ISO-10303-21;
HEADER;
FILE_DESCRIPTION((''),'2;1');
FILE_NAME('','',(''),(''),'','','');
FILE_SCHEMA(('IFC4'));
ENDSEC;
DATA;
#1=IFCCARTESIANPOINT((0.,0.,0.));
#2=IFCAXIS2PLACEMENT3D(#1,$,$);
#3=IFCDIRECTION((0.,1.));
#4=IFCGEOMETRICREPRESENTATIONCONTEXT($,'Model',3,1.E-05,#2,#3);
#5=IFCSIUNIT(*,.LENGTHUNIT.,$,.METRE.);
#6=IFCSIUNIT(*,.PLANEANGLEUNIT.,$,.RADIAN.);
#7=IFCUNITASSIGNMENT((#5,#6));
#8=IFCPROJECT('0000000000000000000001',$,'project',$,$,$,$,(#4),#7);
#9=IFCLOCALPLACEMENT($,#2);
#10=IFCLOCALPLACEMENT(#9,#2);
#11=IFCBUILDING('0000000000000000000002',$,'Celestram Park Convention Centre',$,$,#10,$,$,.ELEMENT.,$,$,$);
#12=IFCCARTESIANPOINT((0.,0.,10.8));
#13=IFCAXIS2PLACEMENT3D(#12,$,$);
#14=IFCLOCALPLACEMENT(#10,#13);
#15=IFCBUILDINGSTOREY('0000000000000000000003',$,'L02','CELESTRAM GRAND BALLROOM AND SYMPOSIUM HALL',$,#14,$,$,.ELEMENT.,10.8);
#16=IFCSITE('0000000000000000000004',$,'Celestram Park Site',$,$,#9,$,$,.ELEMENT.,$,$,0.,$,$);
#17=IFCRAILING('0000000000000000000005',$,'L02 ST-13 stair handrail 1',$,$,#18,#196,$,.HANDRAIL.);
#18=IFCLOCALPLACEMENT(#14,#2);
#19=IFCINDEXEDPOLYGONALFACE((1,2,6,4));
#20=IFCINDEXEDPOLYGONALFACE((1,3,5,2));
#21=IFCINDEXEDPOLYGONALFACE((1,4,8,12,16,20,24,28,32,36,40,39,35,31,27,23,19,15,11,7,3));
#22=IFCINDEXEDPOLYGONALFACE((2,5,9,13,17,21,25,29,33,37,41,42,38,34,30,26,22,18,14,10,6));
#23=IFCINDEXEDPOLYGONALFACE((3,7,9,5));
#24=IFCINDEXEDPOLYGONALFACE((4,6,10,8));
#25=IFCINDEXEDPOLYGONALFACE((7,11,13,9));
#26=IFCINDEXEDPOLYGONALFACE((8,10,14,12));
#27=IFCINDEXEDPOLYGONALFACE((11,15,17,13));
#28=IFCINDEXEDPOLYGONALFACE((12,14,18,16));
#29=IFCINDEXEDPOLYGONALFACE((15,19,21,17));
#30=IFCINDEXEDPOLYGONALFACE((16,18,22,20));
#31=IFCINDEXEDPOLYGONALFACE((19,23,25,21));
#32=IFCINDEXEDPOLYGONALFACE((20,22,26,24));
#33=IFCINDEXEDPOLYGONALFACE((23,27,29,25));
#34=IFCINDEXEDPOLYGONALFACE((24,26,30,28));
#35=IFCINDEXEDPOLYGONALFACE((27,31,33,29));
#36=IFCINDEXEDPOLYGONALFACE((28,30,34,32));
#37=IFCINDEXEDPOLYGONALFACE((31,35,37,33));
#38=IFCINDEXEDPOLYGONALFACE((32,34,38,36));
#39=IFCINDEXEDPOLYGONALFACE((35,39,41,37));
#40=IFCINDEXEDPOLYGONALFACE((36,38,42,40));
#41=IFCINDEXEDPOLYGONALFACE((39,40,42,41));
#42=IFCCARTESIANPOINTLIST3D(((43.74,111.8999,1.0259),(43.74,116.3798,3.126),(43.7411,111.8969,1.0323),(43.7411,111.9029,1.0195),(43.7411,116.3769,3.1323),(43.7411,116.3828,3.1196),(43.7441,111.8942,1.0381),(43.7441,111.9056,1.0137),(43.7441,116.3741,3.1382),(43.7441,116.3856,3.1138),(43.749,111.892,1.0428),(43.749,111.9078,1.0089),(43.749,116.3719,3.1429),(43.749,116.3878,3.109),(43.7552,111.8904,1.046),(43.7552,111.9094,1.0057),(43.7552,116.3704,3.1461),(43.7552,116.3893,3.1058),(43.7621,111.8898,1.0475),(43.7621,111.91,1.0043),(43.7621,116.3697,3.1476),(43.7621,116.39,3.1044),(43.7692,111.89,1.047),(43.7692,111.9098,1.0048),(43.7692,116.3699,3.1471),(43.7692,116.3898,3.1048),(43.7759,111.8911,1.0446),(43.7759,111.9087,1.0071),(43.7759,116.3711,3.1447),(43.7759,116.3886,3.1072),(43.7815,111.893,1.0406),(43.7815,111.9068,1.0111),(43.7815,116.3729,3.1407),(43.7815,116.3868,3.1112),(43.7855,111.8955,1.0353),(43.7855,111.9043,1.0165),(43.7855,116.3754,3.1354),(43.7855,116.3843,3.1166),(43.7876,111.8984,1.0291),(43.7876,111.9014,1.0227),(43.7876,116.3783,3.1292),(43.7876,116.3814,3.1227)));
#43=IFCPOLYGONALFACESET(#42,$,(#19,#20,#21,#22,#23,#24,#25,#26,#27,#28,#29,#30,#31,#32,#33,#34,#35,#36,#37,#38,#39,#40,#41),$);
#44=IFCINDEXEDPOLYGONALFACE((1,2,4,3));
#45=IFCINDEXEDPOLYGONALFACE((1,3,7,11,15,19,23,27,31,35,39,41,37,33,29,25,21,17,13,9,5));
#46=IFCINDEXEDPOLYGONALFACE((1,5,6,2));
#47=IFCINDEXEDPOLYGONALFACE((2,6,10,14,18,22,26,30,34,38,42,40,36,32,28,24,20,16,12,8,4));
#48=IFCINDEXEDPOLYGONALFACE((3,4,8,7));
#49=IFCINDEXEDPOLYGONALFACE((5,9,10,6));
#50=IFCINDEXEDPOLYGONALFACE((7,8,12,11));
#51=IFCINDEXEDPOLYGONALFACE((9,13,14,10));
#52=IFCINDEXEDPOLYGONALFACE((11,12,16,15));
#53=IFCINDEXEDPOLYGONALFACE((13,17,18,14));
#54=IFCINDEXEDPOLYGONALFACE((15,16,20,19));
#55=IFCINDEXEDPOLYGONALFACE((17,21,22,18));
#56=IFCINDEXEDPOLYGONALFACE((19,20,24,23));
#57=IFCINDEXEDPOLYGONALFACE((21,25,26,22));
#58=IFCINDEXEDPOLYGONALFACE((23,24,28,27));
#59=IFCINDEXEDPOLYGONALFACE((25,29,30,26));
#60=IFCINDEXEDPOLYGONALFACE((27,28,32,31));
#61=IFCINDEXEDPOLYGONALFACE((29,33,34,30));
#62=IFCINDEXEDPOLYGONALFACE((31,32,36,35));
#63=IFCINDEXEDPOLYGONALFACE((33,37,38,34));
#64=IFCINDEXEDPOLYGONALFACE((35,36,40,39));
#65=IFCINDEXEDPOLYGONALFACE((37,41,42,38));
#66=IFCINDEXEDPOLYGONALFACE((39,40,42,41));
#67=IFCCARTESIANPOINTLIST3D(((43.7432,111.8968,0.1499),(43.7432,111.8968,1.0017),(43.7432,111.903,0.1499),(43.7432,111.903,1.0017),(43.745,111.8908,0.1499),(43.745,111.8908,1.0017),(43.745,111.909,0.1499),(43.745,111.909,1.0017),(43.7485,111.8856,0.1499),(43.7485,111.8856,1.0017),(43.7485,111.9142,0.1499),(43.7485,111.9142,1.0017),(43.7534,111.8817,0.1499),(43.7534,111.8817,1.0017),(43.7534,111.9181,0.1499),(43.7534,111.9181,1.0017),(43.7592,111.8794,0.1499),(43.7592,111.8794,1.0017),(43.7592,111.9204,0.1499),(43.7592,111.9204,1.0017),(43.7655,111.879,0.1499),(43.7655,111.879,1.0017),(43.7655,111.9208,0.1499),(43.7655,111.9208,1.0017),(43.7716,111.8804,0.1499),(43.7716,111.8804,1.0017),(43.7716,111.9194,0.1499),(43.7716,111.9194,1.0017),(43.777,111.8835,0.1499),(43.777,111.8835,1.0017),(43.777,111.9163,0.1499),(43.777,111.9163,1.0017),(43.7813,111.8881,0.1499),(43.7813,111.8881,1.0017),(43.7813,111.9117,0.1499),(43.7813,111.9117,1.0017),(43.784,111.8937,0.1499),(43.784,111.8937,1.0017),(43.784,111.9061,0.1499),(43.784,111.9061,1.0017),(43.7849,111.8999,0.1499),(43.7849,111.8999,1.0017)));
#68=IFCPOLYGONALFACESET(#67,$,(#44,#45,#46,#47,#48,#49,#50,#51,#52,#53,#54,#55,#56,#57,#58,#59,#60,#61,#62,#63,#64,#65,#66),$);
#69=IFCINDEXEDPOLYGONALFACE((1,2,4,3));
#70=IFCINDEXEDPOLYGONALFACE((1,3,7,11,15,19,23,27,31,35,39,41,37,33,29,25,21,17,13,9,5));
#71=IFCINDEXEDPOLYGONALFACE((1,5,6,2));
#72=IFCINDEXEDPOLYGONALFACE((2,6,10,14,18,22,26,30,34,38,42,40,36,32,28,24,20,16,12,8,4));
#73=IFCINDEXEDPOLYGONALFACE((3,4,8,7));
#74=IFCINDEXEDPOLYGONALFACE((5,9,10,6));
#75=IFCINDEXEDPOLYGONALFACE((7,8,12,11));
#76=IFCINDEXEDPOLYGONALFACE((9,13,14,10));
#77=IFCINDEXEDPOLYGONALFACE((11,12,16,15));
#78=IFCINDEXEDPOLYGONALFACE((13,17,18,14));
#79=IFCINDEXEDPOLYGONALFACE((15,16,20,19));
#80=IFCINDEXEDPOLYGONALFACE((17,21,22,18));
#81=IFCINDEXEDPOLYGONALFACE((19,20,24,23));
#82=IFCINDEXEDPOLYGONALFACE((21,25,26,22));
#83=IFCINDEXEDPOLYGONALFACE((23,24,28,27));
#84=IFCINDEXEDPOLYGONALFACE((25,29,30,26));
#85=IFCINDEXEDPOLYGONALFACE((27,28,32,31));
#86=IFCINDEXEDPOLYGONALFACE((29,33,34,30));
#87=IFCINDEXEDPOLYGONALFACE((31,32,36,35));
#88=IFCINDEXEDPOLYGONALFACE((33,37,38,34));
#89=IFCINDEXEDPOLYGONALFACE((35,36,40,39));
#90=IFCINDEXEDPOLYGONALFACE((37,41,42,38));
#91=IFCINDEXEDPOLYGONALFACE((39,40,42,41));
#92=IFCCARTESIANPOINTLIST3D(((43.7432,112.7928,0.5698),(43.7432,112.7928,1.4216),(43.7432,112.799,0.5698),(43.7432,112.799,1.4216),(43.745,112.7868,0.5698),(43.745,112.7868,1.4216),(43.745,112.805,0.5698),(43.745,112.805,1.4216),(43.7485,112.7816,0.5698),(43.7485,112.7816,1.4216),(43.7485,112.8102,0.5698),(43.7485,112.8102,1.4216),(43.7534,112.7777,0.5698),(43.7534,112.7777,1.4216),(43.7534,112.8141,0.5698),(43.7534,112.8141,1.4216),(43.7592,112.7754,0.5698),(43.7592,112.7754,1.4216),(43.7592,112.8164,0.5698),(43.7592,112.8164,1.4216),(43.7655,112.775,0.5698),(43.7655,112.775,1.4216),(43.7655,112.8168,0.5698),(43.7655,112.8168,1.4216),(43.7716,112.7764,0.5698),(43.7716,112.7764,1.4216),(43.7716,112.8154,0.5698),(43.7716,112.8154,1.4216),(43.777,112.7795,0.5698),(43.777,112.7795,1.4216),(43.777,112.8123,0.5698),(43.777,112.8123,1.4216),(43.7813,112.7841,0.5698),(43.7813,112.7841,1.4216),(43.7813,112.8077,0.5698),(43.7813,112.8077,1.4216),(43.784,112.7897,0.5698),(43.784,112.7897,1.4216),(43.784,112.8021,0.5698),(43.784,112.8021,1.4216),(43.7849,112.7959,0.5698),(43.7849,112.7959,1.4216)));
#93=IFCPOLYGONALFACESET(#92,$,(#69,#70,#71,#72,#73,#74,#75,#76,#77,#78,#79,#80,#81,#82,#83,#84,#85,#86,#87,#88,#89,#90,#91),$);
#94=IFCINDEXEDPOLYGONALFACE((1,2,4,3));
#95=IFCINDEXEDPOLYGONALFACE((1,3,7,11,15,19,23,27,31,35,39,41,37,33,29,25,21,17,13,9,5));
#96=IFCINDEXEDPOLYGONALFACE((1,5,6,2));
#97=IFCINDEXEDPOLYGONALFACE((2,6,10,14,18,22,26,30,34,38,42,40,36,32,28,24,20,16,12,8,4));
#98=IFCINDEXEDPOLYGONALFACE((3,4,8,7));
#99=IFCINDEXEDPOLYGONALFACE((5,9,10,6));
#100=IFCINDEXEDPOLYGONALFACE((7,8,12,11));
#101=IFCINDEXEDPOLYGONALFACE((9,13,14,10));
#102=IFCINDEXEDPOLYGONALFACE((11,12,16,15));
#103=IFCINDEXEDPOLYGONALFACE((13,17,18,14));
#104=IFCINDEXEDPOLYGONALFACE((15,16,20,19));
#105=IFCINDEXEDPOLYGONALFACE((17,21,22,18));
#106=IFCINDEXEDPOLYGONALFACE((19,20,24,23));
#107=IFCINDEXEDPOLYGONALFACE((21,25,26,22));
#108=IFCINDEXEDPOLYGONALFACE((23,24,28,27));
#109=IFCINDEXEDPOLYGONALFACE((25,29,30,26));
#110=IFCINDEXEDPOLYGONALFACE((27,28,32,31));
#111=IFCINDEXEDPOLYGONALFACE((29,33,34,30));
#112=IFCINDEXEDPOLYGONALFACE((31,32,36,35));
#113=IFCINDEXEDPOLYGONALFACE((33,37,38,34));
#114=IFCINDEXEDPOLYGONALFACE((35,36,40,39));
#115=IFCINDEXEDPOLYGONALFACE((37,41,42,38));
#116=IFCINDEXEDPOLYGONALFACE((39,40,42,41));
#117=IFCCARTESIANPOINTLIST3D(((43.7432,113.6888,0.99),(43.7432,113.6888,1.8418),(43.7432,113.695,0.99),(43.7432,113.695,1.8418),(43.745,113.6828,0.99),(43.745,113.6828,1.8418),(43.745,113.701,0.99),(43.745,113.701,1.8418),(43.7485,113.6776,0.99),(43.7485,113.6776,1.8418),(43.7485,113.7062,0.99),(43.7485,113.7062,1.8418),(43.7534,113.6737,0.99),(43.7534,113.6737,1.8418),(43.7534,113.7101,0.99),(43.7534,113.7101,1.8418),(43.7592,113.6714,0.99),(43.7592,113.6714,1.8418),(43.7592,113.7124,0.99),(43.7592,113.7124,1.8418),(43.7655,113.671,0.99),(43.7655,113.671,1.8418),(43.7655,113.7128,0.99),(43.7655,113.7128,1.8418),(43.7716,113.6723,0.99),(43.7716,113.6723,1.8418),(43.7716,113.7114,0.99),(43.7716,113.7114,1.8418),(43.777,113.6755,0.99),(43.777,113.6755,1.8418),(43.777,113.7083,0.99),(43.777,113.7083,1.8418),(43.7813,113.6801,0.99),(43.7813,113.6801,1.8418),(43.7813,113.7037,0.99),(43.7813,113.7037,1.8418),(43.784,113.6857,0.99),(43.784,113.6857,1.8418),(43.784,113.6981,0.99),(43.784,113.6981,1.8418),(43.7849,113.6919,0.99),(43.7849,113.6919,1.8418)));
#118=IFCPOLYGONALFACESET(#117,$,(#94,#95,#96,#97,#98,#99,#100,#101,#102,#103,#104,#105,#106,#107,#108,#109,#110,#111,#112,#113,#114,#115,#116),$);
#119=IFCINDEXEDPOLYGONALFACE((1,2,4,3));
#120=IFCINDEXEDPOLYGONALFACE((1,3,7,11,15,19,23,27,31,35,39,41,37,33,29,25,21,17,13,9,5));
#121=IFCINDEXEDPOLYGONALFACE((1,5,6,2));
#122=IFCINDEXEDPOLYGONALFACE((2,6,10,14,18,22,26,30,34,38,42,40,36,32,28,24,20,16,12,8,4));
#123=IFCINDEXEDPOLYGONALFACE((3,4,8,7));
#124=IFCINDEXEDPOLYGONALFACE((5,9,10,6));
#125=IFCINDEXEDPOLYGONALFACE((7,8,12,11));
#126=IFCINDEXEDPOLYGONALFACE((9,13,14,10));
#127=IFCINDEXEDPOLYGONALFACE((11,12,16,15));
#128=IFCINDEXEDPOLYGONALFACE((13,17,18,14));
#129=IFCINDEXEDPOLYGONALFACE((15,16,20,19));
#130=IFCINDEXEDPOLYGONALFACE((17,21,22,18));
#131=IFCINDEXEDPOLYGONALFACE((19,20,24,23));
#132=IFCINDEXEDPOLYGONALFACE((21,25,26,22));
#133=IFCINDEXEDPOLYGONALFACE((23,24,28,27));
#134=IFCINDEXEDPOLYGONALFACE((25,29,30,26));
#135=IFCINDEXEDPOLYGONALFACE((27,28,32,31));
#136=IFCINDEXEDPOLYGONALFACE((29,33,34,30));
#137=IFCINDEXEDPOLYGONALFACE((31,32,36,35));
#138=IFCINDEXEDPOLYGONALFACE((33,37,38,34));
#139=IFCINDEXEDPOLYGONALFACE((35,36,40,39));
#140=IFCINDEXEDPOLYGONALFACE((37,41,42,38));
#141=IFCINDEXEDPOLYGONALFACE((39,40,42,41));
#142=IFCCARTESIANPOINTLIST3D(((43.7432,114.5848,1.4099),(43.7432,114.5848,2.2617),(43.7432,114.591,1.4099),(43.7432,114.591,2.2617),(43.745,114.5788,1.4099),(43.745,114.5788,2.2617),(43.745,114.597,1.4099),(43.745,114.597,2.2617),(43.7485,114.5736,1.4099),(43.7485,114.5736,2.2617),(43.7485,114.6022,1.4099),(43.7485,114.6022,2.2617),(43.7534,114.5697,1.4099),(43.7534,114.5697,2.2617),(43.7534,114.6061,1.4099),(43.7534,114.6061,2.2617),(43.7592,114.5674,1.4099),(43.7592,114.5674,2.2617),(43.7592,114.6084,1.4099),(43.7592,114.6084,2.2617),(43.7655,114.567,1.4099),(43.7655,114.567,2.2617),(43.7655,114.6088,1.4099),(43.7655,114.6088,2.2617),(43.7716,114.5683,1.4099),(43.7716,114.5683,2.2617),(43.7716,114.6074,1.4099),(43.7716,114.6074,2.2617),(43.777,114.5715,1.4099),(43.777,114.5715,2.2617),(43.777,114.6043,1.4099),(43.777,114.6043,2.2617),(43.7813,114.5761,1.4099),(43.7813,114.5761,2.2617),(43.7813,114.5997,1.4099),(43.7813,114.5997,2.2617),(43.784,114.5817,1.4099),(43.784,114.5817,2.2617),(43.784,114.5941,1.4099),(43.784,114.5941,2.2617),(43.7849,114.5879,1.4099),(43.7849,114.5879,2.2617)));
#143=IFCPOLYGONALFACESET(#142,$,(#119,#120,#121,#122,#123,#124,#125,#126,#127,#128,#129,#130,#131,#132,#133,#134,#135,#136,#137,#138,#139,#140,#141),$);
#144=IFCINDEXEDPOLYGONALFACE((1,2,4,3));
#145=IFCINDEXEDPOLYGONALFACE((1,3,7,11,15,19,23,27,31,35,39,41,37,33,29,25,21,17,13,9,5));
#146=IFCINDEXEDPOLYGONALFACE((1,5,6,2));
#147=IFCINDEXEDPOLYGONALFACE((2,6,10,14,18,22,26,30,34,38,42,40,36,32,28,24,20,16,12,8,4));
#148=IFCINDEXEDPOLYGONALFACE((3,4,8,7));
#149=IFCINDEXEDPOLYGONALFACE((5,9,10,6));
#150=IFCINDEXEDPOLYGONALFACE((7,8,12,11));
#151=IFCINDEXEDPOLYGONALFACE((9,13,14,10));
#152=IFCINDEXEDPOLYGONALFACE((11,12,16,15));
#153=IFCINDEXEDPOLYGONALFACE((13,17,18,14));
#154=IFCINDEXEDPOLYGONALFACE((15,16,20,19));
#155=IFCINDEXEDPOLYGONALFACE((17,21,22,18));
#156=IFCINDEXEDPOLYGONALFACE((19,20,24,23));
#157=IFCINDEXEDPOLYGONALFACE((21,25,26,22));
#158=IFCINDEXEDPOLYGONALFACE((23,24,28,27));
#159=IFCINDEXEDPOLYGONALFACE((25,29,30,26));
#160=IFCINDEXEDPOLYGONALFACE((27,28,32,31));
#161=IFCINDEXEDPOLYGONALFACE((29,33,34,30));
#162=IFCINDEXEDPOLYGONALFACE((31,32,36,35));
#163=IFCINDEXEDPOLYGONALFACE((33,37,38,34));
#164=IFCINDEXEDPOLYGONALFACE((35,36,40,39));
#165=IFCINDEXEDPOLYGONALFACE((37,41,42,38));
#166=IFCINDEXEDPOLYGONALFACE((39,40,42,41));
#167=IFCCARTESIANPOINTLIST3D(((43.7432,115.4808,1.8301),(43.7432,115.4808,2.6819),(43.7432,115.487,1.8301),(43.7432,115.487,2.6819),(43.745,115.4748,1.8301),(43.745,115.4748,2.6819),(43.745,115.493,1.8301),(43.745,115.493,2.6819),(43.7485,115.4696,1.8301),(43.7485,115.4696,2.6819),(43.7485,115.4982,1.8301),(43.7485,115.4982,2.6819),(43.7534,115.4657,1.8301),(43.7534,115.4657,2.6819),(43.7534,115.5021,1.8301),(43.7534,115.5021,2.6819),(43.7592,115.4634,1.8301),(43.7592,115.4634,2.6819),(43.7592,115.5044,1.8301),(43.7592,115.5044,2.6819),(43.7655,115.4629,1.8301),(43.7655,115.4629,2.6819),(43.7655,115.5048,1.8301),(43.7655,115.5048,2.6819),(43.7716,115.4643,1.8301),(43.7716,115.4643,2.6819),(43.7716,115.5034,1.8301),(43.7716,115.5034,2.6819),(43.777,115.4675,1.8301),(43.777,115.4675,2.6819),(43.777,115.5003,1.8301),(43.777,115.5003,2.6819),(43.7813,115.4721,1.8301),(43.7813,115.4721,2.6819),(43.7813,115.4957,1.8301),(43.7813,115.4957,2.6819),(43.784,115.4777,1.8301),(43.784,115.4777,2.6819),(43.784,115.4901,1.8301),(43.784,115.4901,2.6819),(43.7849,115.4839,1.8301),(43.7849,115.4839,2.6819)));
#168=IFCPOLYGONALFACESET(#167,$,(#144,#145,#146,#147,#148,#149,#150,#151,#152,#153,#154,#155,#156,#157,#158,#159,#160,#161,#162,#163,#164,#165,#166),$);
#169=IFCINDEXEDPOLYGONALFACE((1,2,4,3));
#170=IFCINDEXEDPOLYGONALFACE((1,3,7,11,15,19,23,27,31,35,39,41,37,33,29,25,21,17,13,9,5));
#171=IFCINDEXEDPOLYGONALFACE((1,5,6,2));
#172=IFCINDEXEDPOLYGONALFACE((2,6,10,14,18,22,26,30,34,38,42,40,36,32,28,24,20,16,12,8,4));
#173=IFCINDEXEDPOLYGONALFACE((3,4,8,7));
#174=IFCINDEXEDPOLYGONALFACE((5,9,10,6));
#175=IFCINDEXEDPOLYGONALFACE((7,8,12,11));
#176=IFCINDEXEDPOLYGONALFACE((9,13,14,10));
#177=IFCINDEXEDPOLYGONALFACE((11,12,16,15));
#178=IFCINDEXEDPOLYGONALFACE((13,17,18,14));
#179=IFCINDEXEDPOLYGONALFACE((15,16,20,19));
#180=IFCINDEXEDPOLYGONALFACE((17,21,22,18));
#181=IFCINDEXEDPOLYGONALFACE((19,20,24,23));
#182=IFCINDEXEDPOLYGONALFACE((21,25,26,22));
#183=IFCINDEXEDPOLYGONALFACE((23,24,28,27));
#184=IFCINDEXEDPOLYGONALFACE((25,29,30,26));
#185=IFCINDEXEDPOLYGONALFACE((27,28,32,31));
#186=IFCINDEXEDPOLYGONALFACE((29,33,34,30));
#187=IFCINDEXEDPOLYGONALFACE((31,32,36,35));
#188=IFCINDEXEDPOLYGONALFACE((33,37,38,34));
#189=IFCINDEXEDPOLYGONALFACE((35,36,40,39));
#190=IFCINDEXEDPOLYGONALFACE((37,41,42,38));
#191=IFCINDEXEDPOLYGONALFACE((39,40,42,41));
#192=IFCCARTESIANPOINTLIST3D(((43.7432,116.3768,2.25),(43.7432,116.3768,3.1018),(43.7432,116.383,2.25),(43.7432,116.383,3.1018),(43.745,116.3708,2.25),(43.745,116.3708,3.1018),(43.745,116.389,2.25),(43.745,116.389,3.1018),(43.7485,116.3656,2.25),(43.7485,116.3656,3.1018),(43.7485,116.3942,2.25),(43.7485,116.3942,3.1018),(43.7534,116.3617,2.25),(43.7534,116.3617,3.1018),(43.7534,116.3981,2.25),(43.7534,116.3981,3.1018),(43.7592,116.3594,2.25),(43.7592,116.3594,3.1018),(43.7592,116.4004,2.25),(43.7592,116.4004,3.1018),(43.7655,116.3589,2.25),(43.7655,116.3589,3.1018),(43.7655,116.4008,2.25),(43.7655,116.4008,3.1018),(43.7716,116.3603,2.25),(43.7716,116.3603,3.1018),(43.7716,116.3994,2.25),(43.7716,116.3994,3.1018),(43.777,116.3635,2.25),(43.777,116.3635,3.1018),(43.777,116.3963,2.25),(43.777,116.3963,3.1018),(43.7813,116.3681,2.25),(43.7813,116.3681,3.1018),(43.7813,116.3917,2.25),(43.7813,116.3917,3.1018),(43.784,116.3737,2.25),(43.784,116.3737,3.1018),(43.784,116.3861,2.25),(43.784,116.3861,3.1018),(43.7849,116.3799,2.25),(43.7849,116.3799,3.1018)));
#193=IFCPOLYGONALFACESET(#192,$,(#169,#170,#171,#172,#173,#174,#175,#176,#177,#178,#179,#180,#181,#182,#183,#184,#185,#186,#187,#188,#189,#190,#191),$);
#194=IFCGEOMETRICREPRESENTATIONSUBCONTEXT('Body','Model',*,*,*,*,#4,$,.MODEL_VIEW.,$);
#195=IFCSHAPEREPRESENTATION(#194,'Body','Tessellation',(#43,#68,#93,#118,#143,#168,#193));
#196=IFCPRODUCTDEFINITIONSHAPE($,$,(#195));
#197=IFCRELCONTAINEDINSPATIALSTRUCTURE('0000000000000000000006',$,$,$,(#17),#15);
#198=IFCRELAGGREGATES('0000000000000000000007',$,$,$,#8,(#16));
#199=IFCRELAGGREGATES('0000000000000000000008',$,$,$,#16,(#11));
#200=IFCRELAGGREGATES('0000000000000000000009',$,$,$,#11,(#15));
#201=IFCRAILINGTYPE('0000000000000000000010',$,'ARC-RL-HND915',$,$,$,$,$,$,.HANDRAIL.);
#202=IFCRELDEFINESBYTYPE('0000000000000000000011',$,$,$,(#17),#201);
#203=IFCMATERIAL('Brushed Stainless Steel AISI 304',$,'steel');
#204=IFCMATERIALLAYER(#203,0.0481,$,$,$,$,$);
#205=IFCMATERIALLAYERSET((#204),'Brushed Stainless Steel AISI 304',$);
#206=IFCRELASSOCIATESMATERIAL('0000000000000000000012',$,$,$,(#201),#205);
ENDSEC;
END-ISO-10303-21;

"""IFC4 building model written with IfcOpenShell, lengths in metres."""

from ifc_helpers import new_model, si_unit, direction, frame, origin, origin_2d, place, context, subcontext, project, spatial, circle, extrude, material, layer, layer_set, type_object, element, save


model = new_model("IFC4")

# Units and contexts
model_context = context("Model", 3, precision=1e-05, world=origin(), true_north=direction((0.0, 1.0)))
body_context = subcontext(model_context, "Body", "Model", "MODEL_VIEW")
ifc_project = project(units=[si_unit("LENGTHUNIT", "METRE"), si_unit("PLANEANGLEUNIT", "RADIAN")], contexts=[model_context])

# Site, building, storey
site_placement = place(None, origin())
site = spatial("IfcSite", under=ifc_project, at=site_placement, Name="Celestram Park Site", CompositionType="ELEMENT", RefElevation=0.0)
building_placement = place(site_placement, origin())
building = spatial("IfcBuilding", under=site, at=building_placement, Name="Celestram Park Convention Centre", CompositionType="ELEMENT")
storey_placement = place(building_placement, frame((0.0, 0.0, 10.8)))
storey = spatial("IfcBuildingStorey", under=building, at=storey_placement, Name="L02", Description="CELESTRAM GRAND BALLROOM AND SYMPOSIUM HALL", CompositionType="ELEMENT", Elevation=10.8)

# Railing
ifc_material_1 = material(Name="Brushed Stainless Steel AISI 304", Category="steel")
ifc_layer_1 = layer(ifc_material_1, 0.0481)
ifc_layer_set_1 = layer_set([ifc_layer_1], Name="Brushed Stainless Steel AISI 304")
railing_type_1 = type_object("IfcRailingType", Name="ARC-RL-HND915", PredefinedType="HANDRAIL", material=ifc_layer_set_1)
railing_1_placement = place(storey_placement, frame((43.7639, 111.8999, 0.1499)))
element("IfcRailing", 1, at=railing_1_placement, inside=storey, type_object=railing_type_1, Name="L02 ST-13 stair handrail 1", PredefinedType="HANDRAIL", context=body_context, shape_type="SweptSolid", body=[
    extrude(circle(Radius=0.0239, at=origin_2d()), frame((0.0, 0.0, 0.876), z_axis=(0.0, 0.905451, 0.424452), x_axis=(-1.0, 0.0, 0.0)), (0.0, 0.0, 1.0), 4.9478),
    extrude(circle(Radius=0.021, at=origin_2d()), origin(), (0.0, 0.0, 1.0), 0.8518),
    extrude(circle(Radius=0.021, at=origin_2d()), frame((0.0, 0.896, 0.4199)), (0.0, 0.0, 1.0), 0.8518),
    extrude(circle(Radius=0.021, at=origin_2d()), frame((0.0, 1.792, 0.8401)), (0.0, 0.0, 1.0), 0.8518),
    extrude(circle(Radius=0.021, at=origin_2d()), frame((0.0, 2.688, 1.26)), (0.0, 0.0, 1.0), 0.8518),
    extrude(circle(Radius=0.021, at=origin_2d()), frame((0.0, 3.584, 1.6802)), (0.0, 0.0, 1.0), 0.8518),
    extrude(circle(Radius=0.021, at=origin_2d()), frame((0.0, 4.48, 2.1001)), (0.0, 0.0, 1.0), 0.8518),
])

save(model, "model.ifc")
